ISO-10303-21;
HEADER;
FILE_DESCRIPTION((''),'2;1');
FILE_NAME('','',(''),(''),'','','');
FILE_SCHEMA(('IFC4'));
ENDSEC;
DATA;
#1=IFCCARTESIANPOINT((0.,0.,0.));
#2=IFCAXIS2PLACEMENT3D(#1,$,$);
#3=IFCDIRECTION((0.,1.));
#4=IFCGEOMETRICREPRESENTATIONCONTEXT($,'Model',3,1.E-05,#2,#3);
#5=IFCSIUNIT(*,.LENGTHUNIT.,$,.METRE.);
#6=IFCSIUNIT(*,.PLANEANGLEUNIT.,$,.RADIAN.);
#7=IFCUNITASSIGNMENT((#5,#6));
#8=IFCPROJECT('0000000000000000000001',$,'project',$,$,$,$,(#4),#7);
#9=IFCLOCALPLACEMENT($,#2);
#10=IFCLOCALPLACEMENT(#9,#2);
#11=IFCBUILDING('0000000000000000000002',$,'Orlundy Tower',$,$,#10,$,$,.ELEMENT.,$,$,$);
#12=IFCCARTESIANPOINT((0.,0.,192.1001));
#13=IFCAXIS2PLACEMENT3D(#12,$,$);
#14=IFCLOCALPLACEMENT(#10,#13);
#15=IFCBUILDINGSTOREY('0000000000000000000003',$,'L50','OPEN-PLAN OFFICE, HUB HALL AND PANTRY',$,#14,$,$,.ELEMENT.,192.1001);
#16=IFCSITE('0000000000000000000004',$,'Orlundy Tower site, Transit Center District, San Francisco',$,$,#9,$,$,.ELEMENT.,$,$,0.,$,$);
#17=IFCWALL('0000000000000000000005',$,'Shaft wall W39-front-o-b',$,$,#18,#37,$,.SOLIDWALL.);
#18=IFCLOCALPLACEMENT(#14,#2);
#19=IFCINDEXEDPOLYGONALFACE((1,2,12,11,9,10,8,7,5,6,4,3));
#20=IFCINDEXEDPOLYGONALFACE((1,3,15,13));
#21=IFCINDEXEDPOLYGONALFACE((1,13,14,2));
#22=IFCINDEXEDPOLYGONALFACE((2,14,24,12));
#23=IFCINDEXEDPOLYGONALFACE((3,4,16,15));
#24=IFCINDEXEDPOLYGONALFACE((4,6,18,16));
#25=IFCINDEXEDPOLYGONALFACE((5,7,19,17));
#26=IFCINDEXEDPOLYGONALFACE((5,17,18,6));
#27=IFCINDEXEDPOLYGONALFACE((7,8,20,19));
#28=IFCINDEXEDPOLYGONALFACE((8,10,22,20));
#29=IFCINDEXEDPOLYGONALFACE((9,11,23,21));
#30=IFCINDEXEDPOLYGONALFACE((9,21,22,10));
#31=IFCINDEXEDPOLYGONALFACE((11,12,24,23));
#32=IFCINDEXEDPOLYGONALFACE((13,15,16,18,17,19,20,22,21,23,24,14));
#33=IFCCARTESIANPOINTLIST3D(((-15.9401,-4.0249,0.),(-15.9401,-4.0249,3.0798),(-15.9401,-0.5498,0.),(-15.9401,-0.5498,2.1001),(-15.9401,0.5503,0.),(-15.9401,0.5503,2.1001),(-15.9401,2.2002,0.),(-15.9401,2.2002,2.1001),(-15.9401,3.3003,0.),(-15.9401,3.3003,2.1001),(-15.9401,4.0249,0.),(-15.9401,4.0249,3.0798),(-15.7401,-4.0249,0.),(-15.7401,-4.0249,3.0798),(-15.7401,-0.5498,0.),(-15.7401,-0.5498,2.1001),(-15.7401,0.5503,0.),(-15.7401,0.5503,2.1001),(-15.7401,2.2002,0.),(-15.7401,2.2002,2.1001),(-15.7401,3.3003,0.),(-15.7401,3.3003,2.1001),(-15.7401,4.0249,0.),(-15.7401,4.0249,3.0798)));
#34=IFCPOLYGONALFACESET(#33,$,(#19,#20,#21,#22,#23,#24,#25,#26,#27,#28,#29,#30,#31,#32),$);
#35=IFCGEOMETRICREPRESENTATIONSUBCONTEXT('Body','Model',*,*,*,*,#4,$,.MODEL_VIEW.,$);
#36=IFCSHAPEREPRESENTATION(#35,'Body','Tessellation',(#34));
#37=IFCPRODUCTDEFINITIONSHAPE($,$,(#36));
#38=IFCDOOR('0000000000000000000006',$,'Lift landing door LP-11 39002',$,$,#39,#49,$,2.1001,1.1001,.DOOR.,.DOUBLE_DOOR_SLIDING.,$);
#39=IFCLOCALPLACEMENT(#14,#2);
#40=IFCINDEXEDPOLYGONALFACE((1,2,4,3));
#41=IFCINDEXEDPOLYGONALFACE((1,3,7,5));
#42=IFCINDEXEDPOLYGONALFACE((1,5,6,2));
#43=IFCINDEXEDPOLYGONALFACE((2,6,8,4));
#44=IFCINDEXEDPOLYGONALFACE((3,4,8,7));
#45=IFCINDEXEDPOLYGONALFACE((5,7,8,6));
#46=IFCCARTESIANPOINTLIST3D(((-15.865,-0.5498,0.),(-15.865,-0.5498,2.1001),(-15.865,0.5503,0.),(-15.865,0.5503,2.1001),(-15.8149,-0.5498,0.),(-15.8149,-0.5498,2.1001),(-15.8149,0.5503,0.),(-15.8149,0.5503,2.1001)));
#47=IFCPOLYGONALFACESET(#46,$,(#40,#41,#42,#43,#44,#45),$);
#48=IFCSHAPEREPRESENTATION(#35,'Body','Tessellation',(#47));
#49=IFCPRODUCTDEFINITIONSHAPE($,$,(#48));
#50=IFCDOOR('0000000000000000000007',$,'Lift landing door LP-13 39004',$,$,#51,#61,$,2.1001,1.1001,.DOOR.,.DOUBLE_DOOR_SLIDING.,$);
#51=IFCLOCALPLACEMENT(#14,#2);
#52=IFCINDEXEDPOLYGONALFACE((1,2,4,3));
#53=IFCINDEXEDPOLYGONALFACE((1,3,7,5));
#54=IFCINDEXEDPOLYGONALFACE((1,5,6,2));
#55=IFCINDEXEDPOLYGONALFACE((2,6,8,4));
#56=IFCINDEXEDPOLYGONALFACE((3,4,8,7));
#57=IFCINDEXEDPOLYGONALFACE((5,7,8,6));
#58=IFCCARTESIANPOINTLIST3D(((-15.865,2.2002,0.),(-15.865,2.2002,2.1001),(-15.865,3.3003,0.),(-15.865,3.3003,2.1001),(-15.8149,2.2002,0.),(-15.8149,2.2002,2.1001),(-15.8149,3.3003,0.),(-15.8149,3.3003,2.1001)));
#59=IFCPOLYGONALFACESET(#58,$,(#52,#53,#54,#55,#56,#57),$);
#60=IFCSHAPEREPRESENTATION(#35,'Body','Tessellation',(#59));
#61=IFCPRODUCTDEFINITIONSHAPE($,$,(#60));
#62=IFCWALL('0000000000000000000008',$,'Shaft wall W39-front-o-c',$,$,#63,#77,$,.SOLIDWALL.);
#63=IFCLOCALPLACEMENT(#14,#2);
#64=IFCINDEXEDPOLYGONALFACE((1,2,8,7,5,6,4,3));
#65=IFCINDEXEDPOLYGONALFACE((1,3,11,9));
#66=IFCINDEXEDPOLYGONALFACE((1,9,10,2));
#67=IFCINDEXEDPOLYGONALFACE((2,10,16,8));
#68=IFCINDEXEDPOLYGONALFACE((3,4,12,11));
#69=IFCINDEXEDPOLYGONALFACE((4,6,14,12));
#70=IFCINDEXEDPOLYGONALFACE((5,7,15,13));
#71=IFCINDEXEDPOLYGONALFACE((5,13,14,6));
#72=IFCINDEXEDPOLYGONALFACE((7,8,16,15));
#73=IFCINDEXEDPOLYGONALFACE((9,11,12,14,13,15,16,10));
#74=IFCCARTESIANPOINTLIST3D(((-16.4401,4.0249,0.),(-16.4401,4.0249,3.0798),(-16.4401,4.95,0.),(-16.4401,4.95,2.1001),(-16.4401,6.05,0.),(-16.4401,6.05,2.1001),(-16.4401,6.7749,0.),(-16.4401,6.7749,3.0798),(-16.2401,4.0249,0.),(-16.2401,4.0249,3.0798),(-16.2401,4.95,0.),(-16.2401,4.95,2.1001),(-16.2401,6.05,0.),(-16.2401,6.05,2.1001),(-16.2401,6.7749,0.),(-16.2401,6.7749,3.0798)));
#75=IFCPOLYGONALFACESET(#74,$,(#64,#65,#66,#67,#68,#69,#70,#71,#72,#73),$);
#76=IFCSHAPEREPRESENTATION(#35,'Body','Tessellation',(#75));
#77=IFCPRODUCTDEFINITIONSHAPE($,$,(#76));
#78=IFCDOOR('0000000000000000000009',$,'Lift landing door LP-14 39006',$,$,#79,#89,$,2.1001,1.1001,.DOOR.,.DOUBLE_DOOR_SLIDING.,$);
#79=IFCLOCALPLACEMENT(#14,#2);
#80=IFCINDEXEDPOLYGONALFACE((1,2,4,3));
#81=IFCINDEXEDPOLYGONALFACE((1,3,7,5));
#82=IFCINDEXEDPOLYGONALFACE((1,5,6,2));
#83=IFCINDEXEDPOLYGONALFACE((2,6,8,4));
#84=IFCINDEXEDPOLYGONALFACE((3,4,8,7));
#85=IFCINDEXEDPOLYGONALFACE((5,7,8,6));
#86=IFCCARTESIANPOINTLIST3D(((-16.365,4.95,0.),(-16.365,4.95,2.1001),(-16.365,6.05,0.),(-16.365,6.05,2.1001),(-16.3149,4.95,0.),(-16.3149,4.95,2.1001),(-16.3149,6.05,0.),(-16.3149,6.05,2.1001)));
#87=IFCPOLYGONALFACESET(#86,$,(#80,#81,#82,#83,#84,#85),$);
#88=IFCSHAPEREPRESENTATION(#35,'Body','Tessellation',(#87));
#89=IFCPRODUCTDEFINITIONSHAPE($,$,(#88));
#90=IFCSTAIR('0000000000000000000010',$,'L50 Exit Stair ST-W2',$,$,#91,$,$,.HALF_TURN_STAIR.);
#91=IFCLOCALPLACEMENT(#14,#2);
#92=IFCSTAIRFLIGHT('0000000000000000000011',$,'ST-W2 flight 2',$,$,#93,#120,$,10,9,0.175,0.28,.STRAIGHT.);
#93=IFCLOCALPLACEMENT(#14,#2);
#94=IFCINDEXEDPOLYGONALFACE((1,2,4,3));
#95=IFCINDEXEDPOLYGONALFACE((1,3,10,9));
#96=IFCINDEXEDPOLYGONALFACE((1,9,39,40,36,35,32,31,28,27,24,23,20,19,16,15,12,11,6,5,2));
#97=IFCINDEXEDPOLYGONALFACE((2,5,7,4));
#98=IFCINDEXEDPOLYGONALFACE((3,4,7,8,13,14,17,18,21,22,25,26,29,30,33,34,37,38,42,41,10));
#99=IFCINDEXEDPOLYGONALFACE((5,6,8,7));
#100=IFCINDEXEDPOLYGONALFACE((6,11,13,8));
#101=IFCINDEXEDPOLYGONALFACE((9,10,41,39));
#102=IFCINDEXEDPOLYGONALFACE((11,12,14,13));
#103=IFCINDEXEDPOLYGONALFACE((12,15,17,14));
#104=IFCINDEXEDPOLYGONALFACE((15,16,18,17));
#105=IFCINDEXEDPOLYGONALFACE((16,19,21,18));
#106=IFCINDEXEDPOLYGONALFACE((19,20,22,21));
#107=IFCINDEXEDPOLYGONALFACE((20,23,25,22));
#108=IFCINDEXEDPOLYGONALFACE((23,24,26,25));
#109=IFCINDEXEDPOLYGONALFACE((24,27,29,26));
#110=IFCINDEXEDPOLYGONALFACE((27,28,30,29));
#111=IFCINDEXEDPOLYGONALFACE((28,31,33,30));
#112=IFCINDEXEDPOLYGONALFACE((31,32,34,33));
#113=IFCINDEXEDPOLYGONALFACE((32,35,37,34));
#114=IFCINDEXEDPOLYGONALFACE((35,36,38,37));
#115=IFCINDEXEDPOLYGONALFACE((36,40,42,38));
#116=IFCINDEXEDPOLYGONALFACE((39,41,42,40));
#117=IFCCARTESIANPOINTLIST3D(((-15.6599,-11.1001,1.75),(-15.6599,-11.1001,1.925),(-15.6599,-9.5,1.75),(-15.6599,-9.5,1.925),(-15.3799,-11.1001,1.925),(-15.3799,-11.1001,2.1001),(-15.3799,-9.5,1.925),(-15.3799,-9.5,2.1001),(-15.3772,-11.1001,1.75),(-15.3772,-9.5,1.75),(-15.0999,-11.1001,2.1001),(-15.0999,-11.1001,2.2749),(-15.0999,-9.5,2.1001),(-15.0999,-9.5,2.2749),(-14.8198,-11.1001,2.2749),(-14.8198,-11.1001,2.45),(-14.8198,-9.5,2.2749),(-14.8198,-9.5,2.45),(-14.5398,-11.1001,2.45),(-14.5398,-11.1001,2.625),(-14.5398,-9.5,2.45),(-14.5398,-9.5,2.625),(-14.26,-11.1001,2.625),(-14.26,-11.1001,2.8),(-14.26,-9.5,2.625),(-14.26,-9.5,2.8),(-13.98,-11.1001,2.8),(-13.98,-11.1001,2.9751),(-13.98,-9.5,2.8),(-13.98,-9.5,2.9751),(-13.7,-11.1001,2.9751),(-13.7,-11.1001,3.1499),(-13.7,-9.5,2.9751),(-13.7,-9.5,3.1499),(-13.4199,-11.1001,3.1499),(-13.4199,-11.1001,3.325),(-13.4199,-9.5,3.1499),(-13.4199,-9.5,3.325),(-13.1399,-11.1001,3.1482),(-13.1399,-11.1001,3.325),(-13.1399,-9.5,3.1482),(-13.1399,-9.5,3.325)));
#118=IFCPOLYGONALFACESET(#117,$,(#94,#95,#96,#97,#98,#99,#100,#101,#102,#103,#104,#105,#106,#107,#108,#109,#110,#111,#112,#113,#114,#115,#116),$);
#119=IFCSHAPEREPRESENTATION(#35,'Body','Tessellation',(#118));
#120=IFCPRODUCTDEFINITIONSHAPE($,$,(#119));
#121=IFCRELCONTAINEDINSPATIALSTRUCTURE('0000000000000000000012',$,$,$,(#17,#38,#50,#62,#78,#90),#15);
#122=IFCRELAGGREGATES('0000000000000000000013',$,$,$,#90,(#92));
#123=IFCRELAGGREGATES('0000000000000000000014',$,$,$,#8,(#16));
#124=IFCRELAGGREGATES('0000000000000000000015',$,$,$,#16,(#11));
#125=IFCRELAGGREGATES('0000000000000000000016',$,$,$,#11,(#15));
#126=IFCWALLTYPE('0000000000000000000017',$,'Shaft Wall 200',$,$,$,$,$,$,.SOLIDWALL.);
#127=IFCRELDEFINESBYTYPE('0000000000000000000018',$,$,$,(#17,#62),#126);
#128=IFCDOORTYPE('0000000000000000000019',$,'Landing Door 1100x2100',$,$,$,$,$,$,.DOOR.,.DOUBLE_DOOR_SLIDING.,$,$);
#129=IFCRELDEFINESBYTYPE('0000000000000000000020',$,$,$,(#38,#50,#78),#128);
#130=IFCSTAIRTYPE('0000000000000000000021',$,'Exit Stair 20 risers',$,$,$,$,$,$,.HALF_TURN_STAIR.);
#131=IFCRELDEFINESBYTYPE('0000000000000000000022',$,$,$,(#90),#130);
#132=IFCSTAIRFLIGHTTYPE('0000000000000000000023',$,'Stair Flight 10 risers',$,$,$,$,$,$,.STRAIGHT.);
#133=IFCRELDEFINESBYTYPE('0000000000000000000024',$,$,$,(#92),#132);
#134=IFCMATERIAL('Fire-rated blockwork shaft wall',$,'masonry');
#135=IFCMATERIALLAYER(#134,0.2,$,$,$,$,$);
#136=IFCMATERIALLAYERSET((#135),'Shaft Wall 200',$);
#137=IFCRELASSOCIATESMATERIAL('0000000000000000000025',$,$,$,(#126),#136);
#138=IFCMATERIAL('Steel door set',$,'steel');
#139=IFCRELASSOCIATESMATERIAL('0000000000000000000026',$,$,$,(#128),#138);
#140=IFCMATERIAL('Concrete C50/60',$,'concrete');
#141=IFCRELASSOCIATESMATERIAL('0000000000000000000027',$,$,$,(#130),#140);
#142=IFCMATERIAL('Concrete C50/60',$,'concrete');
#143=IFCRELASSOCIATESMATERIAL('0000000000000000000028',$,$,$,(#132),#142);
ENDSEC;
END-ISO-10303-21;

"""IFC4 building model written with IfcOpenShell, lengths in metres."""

from ifc_helpers import new_model, si_unit, direction, frame, frame_2d, origin, place, context, subcontext, project, spatial, polyline, rectangle, outline, extrude, material, layer, layer_set, type_object, element, fill, aggregate, save


model = new_model("IFC4")

# Units and contexts
model_context = context("Model", 3, precision=1e-05, world=origin(), true_north=direction((0.0, 1.0)))
body_context = subcontext(model_context, "Body", "Model", "MODEL_VIEW")
ifc_project = project(units=[si_unit("LENGTHUNIT", "METRE"), si_unit("PLANEANGLEUNIT", "RADIAN")], contexts=[model_context])

# Site, building, storey
site_placement = place(None, origin())
site = spatial("IfcSite", under=ifc_project, at=site_placement, Name="Orlundy Tower site, Transit Center District, San Francisco", CompositionType="ELEMENT", RefElevation=0.0)
building_placement = place(site_placement, origin())
building = spatial("IfcBuilding", under=site, at=building_placement, Name="Orlundy Tower", CompositionType="ELEMENT")
storey_placement = place(building_placement, frame((0.0, 0.0, 192.1001)))
storey = spatial("IfcBuildingStorey", under=building, at=storey_placement, Name="L50", Description="OPEN-PLAN OFFICE, HUB HALL AND PANTRY", CompositionType="ELEMENT", Elevation=192.1001)

# Shared definitions
ifc_material_1 = material(Name="Fire-rated blockwork shaft wall", Category="masonry")
ifc_layer_1 = layer(ifc_material_1, 0.2)
ifc_layer_set_1 = layer_set([ifc_layer_1], Name="Shaft Wall 200")
wall_type_1 = type_object("IfcWallType", Name="Shaft Wall 200", PredefinedType="SOLIDWALL", material=ifc_layer_set_1)

# Shared definitions
ifc_material_2 = material(Name="Steel door set", Category="steel")
door_type_1 = type_object("IfcDoorType", Name="Landing Door 1100x2100", OperationType="DOUBLE_DOOR_SLIDING", PredefinedType="DOOR", material=ifc_material_2)

# Wall, openings, doors
wall_1_placement = place(storey_placement, frame((-15.8401, -4.0249, 0.0), z_axis=(0.0, 0.0, 1.0), x_axis=(0.0, 1.0, 0.0)))
wall_1 = element("IfcWall", 1, at=wall_1_placement, inside=storey, type_object=wall_type_1, Name="Shaft wall W39-front-o-b", PredefinedType="SOLIDWALL", context=body_context, shape_type="SweptSolid", body=[
    extrude(rectangle(XDim=8.0498, YDim=0.2, at=frame_2d((4.0249, 0.0))), origin(), (0.0, 0.0, 1.0), 3.0798),
])
opening_1_placement = place(wall_1_placement, frame((3.4751, 0.0, 0.0)))
opening_1 = element("IfcOpeningElement", 2, at=opening_1_placement, cuts=wall_1, PredefinedType="OPENING", context=body_context, shape_type="SweptSolid", body=[
    extrude(rectangle(XDim=1.1001, YDim=2.1001, at=frame_2d((0.55, 1.05))), frame((0.0, 0.1101, 0.0), z_axis=(0.0, -1.0, 0.0), x_axis=(1.0, 0.0, 0.0)), (0.0, 0.0, 1.0), 0.2202),
])
opening_2_placement = place(wall_1_placement, frame((6.2251, 0.0, 0.0)))
opening_2 = element("IfcOpeningElement", 3, at=opening_2_placement, cuts=wall_1, PredefinedType="OPENING", context=body_context, shape_type="SweptSolid", body=[
    extrude(rectangle(XDim=1.1001, YDim=2.1001, at=frame_2d((0.55, 1.05))), frame((0.0, 0.1101, 0.0), z_axis=(0.0, -1.0, 0.0), x_axis=(1.0, 0.0, 0.0)), (0.0, 0.0, 1.0), 0.2202),
])
door_1_placement = place(opening_1_placement, origin())
door_1 = element("IfcDoor", 4, at=door_1_placement, inside=storey, type_object=door_type_1, Name="Lift landing door LP-11 39002", OperationType="DOUBLE_DOOR_SLIDING", OverallHeight=2.1001, OverallWidth=1.1001, PredefinedType="DOOR", context=body_context, shape_type="SweptSolid", body=[
    extrude(rectangle(XDim=1.1001, YDim=2.1001, at=frame_2d((0.55, 1.05))), frame((0.0, 0.0249, 0.0), z_axis=(0.0, -1.0, 0.0), x_axis=(1.0, 0.0, 0.0)), (0.0, 0.0, 1.0), 0.05),
])
fill(opening_1, door_1)
door_2_placement = place(opening_2_placement, origin())
door_2 = element("IfcDoor", 5, at=door_2_placement, inside=storey, type_object=door_type_1, Name="Lift landing door LP-13 39004", OperationType="DOUBLE_DOOR_SLIDING", OverallHeight=2.1001, OverallWidth=1.1001, PredefinedType="DOOR", context=body_context, shape_type="SweptSolid", body=[
    extrude(rectangle(XDim=1.1001, YDim=2.1001, at=frame_2d((0.55, 1.05))), frame((0.0, 0.0249, 0.0), z_axis=(0.0, -1.0, 0.0), x_axis=(1.0, 0.0, 0.0)), (0.0, 0.0, 1.0), 0.05),
])
fill(opening_2, door_2)

# Wall, opening, door
wall_2_placement = place(storey_placement, frame((-16.3401, 4.0249, 0.0), z_axis=(0.0, 0.0, 1.0), x_axis=(0.0, 1.0, 0.0)))
wall_2 = element("IfcWall", 6, at=wall_2_placement, inside=storey, type_object=wall_type_1, Name="Shaft wall W39-front-o-c", PredefinedType="SOLIDWALL", context=body_context, shape_type="SweptSolid", body=[
    extrude(rectangle(XDim=2.75, YDim=0.2, at=frame_2d((1.375, 0.0))), origin(), (0.0, 0.0, 1.0), 3.0798),
])
opening_3_placement = place(wall_2_placement, frame((0.925, 0.0, 0.0)))
opening_3 = element("IfcOpeningElement", 7, at=opening_3_placement, cuts=wall_2, PredefinedType="OPENING", context=body_context, shape_type="SweptSolid", body=[
    extrude(rectangle(XDim=1.1001, YDim=2.1001, at=frame_2d((0.55, 1.05))), frame((0.0, 0.1101, 0.0), z_axis=(0.0, -1.0, 0.0), x_axis=(1.0, 0.0, 0.0)), (0.0, 0.0, 1.0), 0.2202),
])
door_3_placement = place(opening_3_placement, origin())
door_3 = element("IfcDoor", 8, at=door_3_placement, inside=storey, type_object=door_type_1, Name="Lift landing door LP-14 39006", OperationType="DOUBLE_DOOR_SLIDING", OverallHeight=2.1001, OverallWidth=1.1001, PredefinedType="DOOR", context=body_context, shape_type="SweptSolid", body=[
    extrude(rectangle(XDim=1.1001, YDim=2.1001, at=frame_2d((0.55, 1.05))), frame((0.0, 0.0249, 0.0), z_axis=(0.0, -1.0, 0.0), x_axis=(1.0, 0.0, 0.0)), (0.0, 0.0, 1.0), 0.05),
])
fill(opening_3, door_3)

# Stair, stair flight
ifc_material_3 = material(Name="Concrete C50/60", Category="concrete")
stair_type = type_object("IfcStairType", Name="Exit Stair 20 risers", PredefinedType="HALF_TURN_STAIR", material=ifc_material_3)
stair_placement = place(storey_placement, origin())
stair = element("IfcStair", 9, at=stair_placement, inside=storey, type_object=stair_type, Name="L50 Exit Stair ST-W2", PredefinedType="HALF_TURN_STAIR")
ifc_material_4 = material(Name="Concrete C50/60", Category="concrete")
stair_flight_type = type_object("IfcStairFlightType", Name="Stair Flight 10 risers", PredefinedType="STRAIGHT", material=ifc_material_4)
stair_flight_placement = place(storey_placement, frame((-15.6599, -10.3, 1.75), z_axis=(0.0, 0.0, 1.0), x_axis=(1.0, 0.0, 0.0)))
stair_flight = element("IfcStairFlight", 10, at=stair_flight_placement, type_object=stair_flight_type, Name="ST-W2 flight 2", NumberOfRisers=10, NumberOfTreads=9, PredefinedType="STRAIGHT", RiserHeight=0.175, TreadLength=0.28, context=body_context, shape_type="SweptSolid", body=[
    extrude(outline(polyline([(0.0, 0.0), (0.0, 0.175), (0.28, 0.175), (0.28, 0.3501), (0.5601, 0.3501), (0.5601, 0.5249), (0.8401, 0.5249), (0.8401, 0.7), (1.1201, 0.7), (1.1201, 0.875), (1.3999, 0.875), (1.3999, 1.05), (1.6799, 1.05), (1.6799, 1.2251), (1.96, 1.2251), (1.96, 1.3999), (2.24, 1.3999), (2.24, 1.575), (2.52, 1.575), (2.52, 1.75), (2.52, 1.3982), (0.2827, 0.0), (0.0, 0.0)])), frame((0.0, 0.8, 0.0), z_axis=(0.0, -1.0, 0.0), x_axis=(1.0, 0.0, 0.0)), (0.0, 0.0, 1.0), 1.6001),
])
aggregate(stair, [stair_flight])

save(model, "model.ifc")
